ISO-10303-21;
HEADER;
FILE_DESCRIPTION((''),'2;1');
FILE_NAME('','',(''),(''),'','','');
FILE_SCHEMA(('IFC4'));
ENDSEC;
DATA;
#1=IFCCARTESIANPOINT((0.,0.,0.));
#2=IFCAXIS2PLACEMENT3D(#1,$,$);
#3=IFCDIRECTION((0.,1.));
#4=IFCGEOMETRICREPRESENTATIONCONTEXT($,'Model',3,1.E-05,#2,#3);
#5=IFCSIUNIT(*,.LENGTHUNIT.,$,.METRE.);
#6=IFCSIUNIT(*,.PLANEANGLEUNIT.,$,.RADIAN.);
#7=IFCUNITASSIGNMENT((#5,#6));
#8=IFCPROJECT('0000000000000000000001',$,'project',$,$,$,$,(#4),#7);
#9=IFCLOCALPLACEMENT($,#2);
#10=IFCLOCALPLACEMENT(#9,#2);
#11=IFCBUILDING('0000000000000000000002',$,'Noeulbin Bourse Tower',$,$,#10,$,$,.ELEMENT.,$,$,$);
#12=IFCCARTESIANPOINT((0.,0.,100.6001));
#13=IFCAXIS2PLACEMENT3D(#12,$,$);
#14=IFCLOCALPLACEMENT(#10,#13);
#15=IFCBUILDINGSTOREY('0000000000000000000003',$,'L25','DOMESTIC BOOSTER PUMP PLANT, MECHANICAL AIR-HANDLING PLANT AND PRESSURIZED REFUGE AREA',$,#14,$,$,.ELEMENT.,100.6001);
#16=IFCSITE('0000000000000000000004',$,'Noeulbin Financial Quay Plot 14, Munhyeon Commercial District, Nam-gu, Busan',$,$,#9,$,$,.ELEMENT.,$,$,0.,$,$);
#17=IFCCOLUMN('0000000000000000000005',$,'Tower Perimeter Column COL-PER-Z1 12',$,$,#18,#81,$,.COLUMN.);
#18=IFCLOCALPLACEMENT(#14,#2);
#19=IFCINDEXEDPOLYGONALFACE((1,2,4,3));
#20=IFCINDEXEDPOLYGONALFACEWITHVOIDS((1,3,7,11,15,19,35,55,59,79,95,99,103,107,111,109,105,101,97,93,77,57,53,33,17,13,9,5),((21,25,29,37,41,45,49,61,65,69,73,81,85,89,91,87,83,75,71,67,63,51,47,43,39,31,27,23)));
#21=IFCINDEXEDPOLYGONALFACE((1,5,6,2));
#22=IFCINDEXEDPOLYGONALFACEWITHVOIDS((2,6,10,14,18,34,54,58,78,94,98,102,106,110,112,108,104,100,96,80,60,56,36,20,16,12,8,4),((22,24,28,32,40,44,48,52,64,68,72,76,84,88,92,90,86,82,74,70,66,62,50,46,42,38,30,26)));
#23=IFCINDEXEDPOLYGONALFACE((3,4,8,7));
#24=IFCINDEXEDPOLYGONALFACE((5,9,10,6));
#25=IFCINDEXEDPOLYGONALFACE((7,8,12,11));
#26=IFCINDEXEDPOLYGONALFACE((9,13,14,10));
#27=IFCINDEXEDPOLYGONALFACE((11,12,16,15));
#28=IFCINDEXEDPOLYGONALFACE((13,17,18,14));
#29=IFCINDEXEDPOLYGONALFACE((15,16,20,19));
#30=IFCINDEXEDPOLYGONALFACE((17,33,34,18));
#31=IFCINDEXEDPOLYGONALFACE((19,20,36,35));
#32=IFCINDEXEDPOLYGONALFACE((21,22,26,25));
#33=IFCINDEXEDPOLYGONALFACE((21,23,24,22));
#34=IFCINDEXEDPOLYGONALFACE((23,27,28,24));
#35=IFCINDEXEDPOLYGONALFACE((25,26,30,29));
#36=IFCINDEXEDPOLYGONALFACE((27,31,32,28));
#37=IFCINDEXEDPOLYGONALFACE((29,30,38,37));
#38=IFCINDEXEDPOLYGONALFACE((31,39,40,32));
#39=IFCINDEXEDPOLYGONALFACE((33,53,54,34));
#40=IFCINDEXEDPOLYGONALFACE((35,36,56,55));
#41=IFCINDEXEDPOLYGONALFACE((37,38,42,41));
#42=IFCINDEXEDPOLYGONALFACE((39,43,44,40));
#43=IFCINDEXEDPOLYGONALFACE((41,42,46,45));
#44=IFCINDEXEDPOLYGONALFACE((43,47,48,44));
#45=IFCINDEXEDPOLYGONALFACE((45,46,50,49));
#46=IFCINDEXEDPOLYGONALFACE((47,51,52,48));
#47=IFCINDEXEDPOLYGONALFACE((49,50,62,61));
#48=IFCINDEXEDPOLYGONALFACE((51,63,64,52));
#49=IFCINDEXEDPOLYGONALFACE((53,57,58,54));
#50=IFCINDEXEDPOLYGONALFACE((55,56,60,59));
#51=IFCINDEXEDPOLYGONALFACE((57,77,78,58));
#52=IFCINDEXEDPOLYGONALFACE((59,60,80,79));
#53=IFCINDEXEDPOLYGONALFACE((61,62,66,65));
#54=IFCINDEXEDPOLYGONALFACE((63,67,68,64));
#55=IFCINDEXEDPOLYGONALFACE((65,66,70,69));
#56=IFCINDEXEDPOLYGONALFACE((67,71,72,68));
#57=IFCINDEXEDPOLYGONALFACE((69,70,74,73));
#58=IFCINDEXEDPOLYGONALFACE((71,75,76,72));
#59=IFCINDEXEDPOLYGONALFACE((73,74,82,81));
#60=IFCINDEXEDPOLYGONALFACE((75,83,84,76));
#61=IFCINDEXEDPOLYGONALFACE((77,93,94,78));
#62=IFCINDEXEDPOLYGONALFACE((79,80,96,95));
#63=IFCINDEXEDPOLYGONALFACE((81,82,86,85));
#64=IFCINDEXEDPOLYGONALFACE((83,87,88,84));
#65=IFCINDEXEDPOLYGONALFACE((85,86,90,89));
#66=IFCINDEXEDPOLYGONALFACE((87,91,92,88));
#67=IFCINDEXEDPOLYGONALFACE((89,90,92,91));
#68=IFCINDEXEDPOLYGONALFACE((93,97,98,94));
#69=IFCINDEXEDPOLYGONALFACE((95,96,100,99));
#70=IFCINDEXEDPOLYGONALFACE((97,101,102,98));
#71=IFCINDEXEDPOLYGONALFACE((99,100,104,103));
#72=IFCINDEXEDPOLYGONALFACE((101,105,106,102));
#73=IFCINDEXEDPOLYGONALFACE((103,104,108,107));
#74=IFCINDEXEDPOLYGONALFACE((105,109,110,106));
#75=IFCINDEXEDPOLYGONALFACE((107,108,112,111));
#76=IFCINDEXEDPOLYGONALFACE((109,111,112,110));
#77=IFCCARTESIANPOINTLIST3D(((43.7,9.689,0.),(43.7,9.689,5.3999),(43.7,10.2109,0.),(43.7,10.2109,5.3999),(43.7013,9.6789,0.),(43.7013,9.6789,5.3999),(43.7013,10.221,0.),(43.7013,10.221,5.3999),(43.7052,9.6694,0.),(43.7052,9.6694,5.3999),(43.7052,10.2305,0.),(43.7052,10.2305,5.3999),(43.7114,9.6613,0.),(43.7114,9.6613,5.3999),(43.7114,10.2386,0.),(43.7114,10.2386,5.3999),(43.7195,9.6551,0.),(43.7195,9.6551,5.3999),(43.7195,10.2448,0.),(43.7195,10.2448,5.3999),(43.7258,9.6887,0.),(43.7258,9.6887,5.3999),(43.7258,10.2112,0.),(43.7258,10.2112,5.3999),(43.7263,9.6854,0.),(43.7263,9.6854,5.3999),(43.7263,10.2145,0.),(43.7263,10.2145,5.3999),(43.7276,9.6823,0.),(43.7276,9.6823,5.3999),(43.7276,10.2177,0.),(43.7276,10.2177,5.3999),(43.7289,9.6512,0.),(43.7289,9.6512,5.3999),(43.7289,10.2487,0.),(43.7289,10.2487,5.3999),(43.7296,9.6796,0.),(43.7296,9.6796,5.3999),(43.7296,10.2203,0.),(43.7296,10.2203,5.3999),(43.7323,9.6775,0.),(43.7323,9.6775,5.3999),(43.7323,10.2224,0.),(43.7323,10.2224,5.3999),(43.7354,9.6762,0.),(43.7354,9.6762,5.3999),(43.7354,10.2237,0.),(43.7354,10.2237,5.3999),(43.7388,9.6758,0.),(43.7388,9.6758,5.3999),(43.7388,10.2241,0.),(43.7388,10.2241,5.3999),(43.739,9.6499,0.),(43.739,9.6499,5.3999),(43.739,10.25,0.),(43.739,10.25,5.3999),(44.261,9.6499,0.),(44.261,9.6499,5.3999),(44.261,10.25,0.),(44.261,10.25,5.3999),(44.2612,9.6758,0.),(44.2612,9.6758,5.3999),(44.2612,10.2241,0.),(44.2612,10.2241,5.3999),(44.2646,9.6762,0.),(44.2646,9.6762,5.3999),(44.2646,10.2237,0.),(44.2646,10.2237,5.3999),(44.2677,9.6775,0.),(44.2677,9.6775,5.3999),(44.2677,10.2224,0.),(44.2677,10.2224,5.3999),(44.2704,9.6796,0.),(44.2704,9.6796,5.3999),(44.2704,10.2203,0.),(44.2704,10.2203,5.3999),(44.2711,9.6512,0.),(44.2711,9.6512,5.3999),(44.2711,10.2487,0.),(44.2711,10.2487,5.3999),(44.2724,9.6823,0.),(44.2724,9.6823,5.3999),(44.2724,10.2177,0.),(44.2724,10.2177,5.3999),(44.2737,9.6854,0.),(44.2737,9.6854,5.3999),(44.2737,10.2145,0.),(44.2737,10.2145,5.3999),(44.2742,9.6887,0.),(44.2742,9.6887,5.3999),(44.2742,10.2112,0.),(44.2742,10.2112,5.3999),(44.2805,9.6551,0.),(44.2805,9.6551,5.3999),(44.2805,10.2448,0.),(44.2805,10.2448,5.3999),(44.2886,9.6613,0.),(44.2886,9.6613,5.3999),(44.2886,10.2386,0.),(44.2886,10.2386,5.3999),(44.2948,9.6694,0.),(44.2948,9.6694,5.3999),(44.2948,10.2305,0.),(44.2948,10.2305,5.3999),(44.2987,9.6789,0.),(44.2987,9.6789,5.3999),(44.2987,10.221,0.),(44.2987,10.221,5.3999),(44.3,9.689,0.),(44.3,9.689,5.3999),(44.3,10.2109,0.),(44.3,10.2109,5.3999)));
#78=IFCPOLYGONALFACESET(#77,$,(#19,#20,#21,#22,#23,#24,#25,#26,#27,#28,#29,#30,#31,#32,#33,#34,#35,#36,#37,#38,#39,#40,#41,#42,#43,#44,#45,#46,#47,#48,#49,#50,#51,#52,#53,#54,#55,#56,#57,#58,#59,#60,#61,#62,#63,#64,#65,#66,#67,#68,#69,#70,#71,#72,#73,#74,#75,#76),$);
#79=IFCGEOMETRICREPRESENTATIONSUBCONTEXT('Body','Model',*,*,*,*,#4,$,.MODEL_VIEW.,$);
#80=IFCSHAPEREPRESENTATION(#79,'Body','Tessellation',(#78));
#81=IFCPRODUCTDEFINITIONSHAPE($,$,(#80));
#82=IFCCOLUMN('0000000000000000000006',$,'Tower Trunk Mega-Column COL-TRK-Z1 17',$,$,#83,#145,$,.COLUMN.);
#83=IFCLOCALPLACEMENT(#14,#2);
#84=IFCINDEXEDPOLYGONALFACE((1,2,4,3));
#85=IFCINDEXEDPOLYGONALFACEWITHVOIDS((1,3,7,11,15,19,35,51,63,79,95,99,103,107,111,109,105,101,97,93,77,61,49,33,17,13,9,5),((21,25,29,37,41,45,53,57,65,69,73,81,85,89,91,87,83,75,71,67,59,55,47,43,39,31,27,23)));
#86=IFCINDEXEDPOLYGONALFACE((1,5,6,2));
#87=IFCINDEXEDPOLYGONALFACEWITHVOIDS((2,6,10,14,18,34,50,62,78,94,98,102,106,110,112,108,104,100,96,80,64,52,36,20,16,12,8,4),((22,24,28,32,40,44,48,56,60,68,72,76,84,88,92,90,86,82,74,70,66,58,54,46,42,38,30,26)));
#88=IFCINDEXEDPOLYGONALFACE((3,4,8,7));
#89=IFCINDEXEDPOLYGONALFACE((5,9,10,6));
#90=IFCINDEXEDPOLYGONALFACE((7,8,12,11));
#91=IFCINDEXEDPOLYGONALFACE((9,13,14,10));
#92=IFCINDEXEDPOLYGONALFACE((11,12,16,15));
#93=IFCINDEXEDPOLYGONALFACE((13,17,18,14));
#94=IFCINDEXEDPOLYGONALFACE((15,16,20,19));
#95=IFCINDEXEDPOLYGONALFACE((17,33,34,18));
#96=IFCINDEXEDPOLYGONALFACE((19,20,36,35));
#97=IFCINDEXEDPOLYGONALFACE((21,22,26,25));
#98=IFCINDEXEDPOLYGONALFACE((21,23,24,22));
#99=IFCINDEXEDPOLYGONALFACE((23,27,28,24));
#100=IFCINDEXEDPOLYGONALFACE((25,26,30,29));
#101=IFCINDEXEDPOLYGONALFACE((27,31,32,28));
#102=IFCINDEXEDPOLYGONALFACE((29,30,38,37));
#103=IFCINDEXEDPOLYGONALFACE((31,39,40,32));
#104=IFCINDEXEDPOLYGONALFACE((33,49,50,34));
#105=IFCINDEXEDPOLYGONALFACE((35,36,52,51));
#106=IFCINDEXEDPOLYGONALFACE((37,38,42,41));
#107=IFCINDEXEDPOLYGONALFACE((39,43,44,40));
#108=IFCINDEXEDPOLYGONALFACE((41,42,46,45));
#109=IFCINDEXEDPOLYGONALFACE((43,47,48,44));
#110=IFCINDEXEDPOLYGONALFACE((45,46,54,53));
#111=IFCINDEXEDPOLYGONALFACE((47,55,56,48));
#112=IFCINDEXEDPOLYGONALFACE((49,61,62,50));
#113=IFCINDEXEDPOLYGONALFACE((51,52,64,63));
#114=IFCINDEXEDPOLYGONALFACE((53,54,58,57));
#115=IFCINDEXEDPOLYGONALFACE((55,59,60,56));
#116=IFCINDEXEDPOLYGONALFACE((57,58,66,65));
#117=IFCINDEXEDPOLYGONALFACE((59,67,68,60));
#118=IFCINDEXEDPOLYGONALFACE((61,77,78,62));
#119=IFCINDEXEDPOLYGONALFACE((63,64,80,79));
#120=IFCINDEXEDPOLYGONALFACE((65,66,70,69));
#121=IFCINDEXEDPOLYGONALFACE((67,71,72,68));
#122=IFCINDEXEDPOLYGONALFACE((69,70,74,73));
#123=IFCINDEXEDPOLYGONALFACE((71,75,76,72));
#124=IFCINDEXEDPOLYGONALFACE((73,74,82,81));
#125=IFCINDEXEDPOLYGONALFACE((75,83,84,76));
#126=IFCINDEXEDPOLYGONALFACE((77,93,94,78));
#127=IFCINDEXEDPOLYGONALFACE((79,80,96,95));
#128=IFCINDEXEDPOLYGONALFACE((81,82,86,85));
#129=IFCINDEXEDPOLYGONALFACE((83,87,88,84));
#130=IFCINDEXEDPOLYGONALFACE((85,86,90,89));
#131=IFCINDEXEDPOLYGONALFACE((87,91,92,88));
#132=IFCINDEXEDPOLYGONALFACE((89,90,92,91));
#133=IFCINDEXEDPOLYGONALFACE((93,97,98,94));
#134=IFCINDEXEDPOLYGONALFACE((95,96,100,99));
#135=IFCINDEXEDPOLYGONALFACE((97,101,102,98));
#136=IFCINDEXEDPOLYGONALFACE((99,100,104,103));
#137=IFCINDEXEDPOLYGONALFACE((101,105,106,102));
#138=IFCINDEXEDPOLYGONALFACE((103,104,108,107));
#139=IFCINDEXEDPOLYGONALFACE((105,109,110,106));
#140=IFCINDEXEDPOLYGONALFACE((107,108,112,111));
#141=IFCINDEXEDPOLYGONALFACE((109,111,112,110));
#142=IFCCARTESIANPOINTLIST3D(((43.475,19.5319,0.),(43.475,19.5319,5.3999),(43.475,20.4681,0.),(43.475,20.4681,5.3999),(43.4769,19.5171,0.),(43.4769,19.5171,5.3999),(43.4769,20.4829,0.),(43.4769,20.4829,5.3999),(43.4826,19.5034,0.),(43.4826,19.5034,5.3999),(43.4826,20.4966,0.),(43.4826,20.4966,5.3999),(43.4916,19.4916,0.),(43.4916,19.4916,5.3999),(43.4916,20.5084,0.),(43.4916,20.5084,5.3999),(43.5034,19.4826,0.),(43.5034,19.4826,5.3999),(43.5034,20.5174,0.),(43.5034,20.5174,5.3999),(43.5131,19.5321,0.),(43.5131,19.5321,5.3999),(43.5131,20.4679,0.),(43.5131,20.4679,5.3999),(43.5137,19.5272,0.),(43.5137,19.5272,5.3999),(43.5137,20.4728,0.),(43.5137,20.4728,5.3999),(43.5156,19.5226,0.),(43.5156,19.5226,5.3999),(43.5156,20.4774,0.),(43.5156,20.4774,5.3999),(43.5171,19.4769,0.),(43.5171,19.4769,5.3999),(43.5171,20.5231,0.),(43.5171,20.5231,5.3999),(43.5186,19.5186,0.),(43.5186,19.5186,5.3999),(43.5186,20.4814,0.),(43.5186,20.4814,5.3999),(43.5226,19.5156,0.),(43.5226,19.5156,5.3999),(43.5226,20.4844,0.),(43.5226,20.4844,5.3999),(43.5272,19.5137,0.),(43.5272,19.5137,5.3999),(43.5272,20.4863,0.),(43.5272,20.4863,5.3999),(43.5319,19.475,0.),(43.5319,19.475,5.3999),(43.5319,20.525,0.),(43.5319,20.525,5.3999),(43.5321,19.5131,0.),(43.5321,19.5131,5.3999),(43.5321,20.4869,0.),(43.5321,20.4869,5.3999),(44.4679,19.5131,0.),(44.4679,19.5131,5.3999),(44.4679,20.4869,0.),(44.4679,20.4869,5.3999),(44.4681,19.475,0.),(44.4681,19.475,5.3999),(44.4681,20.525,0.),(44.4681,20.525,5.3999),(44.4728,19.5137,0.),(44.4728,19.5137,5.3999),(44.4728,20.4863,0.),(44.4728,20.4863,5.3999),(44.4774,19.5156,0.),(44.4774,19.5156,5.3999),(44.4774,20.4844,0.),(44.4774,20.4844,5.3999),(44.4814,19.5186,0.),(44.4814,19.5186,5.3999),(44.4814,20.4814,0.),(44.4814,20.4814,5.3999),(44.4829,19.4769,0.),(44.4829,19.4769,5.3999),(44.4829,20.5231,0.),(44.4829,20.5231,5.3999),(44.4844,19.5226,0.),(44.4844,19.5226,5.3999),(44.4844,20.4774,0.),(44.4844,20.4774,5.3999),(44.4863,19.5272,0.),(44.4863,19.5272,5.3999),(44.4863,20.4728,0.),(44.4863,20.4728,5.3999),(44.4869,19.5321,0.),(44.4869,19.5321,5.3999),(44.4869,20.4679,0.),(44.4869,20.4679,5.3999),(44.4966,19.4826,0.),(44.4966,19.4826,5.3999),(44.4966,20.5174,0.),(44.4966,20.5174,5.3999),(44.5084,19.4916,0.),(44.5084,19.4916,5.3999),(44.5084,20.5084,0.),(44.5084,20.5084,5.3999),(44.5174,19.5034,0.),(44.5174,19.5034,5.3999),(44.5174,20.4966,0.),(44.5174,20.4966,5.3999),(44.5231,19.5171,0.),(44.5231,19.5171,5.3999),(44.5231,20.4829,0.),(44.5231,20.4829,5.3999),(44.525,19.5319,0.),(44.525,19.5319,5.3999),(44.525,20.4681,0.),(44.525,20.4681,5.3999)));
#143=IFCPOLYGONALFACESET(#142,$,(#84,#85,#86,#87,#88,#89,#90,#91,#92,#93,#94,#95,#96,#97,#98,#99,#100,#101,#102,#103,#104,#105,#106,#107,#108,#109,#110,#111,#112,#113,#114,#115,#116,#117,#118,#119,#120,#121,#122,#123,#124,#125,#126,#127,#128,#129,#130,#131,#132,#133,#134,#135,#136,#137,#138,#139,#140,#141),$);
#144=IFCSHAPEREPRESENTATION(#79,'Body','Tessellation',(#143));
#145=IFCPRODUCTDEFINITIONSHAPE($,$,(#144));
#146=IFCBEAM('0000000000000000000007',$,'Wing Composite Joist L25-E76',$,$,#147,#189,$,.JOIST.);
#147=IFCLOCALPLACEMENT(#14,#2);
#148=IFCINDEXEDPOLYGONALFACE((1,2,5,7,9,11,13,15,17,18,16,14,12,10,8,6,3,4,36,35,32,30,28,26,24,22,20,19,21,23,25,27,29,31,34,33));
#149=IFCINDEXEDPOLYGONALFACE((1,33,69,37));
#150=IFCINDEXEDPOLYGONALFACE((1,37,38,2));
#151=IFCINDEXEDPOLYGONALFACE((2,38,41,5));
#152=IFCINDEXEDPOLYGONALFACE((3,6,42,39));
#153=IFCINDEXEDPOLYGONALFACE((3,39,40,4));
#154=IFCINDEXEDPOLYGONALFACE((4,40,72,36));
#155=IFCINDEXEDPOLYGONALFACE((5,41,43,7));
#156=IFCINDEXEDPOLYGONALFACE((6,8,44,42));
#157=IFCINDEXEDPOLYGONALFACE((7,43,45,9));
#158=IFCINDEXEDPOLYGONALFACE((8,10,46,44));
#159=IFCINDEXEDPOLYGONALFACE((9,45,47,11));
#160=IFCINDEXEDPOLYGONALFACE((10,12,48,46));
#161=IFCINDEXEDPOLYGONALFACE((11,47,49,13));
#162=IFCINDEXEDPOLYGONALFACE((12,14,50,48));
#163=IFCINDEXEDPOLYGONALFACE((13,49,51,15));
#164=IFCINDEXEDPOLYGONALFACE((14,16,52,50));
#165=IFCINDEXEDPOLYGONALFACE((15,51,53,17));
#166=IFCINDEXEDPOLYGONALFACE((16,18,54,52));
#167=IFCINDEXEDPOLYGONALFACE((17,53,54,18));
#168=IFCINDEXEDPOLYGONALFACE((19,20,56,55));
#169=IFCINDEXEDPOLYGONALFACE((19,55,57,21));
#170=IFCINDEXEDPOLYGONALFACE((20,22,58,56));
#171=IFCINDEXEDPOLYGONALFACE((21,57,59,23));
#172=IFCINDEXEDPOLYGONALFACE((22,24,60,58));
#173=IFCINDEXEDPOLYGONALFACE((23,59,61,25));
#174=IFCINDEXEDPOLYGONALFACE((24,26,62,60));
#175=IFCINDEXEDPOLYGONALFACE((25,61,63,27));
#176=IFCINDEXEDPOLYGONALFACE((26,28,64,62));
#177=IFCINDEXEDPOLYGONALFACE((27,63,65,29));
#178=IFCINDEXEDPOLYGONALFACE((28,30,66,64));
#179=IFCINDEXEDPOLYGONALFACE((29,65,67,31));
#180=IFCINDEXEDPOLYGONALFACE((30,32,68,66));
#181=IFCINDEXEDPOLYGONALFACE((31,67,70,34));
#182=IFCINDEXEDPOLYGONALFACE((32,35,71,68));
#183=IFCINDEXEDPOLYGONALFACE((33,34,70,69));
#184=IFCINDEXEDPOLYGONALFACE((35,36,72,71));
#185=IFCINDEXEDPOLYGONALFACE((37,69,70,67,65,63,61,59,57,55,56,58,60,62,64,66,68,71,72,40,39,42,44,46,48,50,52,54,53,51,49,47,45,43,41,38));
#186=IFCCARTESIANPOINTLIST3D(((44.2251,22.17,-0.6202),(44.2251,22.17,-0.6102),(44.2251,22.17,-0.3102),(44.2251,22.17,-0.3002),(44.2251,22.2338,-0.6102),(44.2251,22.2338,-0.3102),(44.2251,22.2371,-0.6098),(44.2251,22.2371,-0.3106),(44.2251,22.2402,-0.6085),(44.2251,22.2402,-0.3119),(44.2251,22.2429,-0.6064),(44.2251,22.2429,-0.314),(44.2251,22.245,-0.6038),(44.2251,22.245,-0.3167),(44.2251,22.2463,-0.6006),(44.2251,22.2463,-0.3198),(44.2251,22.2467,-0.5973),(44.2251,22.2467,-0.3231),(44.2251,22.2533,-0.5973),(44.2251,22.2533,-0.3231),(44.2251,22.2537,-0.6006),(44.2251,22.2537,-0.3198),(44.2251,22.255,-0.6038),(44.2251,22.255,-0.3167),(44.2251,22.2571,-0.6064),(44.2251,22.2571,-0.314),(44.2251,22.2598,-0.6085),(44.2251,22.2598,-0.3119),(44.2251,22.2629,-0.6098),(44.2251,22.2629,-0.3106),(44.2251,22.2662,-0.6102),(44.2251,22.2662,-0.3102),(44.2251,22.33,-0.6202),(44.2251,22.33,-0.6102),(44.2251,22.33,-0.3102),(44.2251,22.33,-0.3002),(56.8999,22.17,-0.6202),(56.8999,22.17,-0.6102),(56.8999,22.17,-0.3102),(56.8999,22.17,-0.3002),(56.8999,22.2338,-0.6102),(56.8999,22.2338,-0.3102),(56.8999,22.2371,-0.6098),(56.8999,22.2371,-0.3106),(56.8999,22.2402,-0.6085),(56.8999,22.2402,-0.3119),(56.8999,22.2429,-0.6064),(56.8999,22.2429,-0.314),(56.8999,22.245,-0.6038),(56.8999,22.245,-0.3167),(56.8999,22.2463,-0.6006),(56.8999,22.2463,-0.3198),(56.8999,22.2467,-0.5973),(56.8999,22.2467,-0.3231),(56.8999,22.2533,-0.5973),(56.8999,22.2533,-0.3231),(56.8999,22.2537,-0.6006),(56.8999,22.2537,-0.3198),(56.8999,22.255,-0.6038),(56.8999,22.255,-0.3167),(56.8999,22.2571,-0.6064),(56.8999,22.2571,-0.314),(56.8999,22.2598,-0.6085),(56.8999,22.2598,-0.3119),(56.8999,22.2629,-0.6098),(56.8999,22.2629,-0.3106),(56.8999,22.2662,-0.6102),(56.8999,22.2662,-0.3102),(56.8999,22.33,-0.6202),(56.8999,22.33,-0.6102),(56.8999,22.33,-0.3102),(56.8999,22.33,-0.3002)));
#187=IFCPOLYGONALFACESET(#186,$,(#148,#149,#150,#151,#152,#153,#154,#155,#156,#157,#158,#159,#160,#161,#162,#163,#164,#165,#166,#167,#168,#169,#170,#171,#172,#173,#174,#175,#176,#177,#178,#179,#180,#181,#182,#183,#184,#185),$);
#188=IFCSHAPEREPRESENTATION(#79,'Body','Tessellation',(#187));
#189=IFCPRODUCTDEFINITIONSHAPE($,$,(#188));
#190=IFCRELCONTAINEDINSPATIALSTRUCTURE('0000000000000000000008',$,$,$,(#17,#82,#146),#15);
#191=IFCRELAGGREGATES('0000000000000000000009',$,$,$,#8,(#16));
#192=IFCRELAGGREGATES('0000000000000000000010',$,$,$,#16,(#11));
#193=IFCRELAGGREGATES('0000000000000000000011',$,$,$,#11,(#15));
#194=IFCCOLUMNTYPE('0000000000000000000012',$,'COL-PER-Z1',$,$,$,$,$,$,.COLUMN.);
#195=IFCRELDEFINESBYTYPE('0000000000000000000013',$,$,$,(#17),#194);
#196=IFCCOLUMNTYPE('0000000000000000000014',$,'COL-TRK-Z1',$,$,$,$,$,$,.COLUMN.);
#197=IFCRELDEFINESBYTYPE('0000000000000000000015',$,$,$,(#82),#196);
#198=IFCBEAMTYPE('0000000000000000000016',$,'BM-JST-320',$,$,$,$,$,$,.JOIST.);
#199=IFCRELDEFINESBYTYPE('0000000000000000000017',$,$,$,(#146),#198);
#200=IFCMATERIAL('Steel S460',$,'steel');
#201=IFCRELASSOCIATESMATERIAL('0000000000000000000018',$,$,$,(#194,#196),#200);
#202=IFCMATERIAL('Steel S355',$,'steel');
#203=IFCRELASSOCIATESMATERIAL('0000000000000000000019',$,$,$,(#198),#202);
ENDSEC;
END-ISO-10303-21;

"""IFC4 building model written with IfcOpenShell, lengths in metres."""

from ifc_helpers import new_model, si_unit, direction, frame, origin, origin_2d, place, context, subcontext, project, spatial, hollow_rectangle, i_section, extrude, material, material_profile, profile_set, type_object, element, save


model = new_model("IFC4")

# Units and contexts
model_context = context("Model", 3, precision=1e-05, world=origin(), true_north=direction((0.0, 1.0)))
body_context = subcontext(model_context, "Body", "Model", "MODEL_VIEW")
ifc_project = project(units=[si_unit("LENGTHUNIT", "METRE"), si_unit("PLANEANGLEUNIT", "RADIAN")], contexts=[model_context])

# Site, building, storey
site_placement = place(None, origin())
site = spatial("IfcSite", under=ifc_project, at=site_placement, Name="Noeulbin Financial Quay Plot 14, Munhyeon Commercial District, Nam-gu, Busan", CompositionType="ELEMENT", RefElevation=0.0)
building_placement = place(site_placement, origin())
building = spatial("IfcBuilding", under=site, at=building_placement, Name="Noeulbin Bourse Tower", CompositionType="ELEMENT")
storey_placement = place(building_placement, frame((0.0, 0.0, 100.6001)))
storey = spatial("IfcBuildingStorey", under=building, at=storey_placement, Name="L25", Description="DOMESTIC BOOSTER PUMP PLANT, MECHANICAL AIR-HANDLING PLANT AND PRESSURIZED REFUGE AREA", CompositionType="ELEMENT", Elevation=100.6001)

# Columns
ifc_material_1 = material(Name="Steel S460", Category="steel")
ifc_material_profile_1 = material_profile(ifc_material_1, hollow_rectangle(XDim=0.6001, YDim=0.6001, WallThickness=0.0259, InnerFilletRadius=0.0129, OuterFilletRadius=0.0391, at=origin_2d()), Name="BOX-600x600x26", Category="LoadBearing")
ifc_profile_set_1 = profile_set([ifc_material_profile_1], Name="Steel S460")
column_type_1 = type_object("IfcColumnType", Name="COL-PER-Z1", PredefinedType="COLUMN", material=ifc_profile_set_1)
column_1_placement = place(storey_placement, frame((44.0, 9.95, 0.0), z_axis=(0.0, 0.0, 1.0), x_axis=(1.0, 0.0, 0.0)))
element("IfcColumn", 1, at=column_1_placement, inside=storey, type_object=column_type_1, Name="Tower Perimeter Column COL-PER-Z1 12", PredefinedType="COLUMN", context=body_context, shape_type="SweptSolid", body=[
    extrude(hollow_rectangle(XDim=0.6001, YDim=0.6001, WallThickness=0.0259, InnerFilletRadius=0.0129, OuterFilletRadius=0.0391, at=origin_2d()), origin(), (0.0, 0.0, 1.0), 5.3999),
])
ifc_material_profile_2 = material_profile(ifc_material_1, hollow_rectangle(XDim=1.05, YDim=1.05, WallThickness=0.0381, InnerFilletRadius=0.019, OuterFilletRadius=0.0569, at=origin_2d()), Name="BOX-1050x1050x38", Category="LoadBearing")
ifc_profile_set_2 = profile_set([ifc_material_profile_2], Name="Steel S460")
column_type_2 = type_object("IfcColumnType", Name="COL-TRK-Z1", PredefinedType="COLUMN", material=ifc_profile_set_2)
column_2_placement = place(storey_placement, frame((44.0, 20.0, 0.0), z_axis=(0.0, 0.0, 1.0), x_axis=(1.0, 0.0, 0.0)))
element("IfcColumn", 2, at=column_2_placement, inside=storey, type_object=column_type_2, Name="Tower Trunk Mega-Column COL-TRK-Z1 17", PredefinedType="COLUMN", context=body_context, shape_type="SweptSolid", body=[
    extrude(hollow_rectangle(XDim=1.05, YDim=1.05, WallThickness=0.0381, InnerFilletRadius=0.019, OuterFilletRadius=0.0569, at=origin_2d()), origin(), (0.0, 0.0, 1.0), 5.3999),
])

# Beam
ifc_material_2 = material(Name="Steel S355", Category="steel")
ifc_material_profile_3 = material_profile(ifc_material_2, i_section(OverallWidth=0.1599, OverallDepth=0.3201, WebThickness=0.0066, FlangeThickness=0.01, FilletRadius=0.0129, at=origin_2d()), Name="H-320x160x6.5x10", Category="LoadBearing")
ifc_profile_set_3 = profile_set([ifc_material_profile_3], Name="Steel S355")
beam_type_1 = type_object("IfcBeamType", Name="BM-JST-320", PredefinedType="JOIST", material=ifc_profile_set_3)
for number, where, z_axis, x_axis, name in (
    (3, (44.2251, 22.25, -0.4602), (1.0, 0.0, 0.0), (0.0, 1.0, 0.0), "Wing Composite Joist L25-E76"),
):
    element("IfcBeam", number, at=place(storey_placement, frame(where, z_axis=z_axis, x_axis=x_axis)), inside=storey, type_object=beam_type_1, Name=name, PredefinedType="JOIST", context=body_context, shape_type="SweptSolid", body=[
        extrude(i_section(OverallWidth=0.1599, OverallDepth=0.3201, WebThickness=0.0066, FlangeThickness=0.01, FilletRadius=0.0129, at=origin_2d()), origin(), (0.0, 0.0, 1.0), 12.6748),
    ])

save(model, "model.ifc")
